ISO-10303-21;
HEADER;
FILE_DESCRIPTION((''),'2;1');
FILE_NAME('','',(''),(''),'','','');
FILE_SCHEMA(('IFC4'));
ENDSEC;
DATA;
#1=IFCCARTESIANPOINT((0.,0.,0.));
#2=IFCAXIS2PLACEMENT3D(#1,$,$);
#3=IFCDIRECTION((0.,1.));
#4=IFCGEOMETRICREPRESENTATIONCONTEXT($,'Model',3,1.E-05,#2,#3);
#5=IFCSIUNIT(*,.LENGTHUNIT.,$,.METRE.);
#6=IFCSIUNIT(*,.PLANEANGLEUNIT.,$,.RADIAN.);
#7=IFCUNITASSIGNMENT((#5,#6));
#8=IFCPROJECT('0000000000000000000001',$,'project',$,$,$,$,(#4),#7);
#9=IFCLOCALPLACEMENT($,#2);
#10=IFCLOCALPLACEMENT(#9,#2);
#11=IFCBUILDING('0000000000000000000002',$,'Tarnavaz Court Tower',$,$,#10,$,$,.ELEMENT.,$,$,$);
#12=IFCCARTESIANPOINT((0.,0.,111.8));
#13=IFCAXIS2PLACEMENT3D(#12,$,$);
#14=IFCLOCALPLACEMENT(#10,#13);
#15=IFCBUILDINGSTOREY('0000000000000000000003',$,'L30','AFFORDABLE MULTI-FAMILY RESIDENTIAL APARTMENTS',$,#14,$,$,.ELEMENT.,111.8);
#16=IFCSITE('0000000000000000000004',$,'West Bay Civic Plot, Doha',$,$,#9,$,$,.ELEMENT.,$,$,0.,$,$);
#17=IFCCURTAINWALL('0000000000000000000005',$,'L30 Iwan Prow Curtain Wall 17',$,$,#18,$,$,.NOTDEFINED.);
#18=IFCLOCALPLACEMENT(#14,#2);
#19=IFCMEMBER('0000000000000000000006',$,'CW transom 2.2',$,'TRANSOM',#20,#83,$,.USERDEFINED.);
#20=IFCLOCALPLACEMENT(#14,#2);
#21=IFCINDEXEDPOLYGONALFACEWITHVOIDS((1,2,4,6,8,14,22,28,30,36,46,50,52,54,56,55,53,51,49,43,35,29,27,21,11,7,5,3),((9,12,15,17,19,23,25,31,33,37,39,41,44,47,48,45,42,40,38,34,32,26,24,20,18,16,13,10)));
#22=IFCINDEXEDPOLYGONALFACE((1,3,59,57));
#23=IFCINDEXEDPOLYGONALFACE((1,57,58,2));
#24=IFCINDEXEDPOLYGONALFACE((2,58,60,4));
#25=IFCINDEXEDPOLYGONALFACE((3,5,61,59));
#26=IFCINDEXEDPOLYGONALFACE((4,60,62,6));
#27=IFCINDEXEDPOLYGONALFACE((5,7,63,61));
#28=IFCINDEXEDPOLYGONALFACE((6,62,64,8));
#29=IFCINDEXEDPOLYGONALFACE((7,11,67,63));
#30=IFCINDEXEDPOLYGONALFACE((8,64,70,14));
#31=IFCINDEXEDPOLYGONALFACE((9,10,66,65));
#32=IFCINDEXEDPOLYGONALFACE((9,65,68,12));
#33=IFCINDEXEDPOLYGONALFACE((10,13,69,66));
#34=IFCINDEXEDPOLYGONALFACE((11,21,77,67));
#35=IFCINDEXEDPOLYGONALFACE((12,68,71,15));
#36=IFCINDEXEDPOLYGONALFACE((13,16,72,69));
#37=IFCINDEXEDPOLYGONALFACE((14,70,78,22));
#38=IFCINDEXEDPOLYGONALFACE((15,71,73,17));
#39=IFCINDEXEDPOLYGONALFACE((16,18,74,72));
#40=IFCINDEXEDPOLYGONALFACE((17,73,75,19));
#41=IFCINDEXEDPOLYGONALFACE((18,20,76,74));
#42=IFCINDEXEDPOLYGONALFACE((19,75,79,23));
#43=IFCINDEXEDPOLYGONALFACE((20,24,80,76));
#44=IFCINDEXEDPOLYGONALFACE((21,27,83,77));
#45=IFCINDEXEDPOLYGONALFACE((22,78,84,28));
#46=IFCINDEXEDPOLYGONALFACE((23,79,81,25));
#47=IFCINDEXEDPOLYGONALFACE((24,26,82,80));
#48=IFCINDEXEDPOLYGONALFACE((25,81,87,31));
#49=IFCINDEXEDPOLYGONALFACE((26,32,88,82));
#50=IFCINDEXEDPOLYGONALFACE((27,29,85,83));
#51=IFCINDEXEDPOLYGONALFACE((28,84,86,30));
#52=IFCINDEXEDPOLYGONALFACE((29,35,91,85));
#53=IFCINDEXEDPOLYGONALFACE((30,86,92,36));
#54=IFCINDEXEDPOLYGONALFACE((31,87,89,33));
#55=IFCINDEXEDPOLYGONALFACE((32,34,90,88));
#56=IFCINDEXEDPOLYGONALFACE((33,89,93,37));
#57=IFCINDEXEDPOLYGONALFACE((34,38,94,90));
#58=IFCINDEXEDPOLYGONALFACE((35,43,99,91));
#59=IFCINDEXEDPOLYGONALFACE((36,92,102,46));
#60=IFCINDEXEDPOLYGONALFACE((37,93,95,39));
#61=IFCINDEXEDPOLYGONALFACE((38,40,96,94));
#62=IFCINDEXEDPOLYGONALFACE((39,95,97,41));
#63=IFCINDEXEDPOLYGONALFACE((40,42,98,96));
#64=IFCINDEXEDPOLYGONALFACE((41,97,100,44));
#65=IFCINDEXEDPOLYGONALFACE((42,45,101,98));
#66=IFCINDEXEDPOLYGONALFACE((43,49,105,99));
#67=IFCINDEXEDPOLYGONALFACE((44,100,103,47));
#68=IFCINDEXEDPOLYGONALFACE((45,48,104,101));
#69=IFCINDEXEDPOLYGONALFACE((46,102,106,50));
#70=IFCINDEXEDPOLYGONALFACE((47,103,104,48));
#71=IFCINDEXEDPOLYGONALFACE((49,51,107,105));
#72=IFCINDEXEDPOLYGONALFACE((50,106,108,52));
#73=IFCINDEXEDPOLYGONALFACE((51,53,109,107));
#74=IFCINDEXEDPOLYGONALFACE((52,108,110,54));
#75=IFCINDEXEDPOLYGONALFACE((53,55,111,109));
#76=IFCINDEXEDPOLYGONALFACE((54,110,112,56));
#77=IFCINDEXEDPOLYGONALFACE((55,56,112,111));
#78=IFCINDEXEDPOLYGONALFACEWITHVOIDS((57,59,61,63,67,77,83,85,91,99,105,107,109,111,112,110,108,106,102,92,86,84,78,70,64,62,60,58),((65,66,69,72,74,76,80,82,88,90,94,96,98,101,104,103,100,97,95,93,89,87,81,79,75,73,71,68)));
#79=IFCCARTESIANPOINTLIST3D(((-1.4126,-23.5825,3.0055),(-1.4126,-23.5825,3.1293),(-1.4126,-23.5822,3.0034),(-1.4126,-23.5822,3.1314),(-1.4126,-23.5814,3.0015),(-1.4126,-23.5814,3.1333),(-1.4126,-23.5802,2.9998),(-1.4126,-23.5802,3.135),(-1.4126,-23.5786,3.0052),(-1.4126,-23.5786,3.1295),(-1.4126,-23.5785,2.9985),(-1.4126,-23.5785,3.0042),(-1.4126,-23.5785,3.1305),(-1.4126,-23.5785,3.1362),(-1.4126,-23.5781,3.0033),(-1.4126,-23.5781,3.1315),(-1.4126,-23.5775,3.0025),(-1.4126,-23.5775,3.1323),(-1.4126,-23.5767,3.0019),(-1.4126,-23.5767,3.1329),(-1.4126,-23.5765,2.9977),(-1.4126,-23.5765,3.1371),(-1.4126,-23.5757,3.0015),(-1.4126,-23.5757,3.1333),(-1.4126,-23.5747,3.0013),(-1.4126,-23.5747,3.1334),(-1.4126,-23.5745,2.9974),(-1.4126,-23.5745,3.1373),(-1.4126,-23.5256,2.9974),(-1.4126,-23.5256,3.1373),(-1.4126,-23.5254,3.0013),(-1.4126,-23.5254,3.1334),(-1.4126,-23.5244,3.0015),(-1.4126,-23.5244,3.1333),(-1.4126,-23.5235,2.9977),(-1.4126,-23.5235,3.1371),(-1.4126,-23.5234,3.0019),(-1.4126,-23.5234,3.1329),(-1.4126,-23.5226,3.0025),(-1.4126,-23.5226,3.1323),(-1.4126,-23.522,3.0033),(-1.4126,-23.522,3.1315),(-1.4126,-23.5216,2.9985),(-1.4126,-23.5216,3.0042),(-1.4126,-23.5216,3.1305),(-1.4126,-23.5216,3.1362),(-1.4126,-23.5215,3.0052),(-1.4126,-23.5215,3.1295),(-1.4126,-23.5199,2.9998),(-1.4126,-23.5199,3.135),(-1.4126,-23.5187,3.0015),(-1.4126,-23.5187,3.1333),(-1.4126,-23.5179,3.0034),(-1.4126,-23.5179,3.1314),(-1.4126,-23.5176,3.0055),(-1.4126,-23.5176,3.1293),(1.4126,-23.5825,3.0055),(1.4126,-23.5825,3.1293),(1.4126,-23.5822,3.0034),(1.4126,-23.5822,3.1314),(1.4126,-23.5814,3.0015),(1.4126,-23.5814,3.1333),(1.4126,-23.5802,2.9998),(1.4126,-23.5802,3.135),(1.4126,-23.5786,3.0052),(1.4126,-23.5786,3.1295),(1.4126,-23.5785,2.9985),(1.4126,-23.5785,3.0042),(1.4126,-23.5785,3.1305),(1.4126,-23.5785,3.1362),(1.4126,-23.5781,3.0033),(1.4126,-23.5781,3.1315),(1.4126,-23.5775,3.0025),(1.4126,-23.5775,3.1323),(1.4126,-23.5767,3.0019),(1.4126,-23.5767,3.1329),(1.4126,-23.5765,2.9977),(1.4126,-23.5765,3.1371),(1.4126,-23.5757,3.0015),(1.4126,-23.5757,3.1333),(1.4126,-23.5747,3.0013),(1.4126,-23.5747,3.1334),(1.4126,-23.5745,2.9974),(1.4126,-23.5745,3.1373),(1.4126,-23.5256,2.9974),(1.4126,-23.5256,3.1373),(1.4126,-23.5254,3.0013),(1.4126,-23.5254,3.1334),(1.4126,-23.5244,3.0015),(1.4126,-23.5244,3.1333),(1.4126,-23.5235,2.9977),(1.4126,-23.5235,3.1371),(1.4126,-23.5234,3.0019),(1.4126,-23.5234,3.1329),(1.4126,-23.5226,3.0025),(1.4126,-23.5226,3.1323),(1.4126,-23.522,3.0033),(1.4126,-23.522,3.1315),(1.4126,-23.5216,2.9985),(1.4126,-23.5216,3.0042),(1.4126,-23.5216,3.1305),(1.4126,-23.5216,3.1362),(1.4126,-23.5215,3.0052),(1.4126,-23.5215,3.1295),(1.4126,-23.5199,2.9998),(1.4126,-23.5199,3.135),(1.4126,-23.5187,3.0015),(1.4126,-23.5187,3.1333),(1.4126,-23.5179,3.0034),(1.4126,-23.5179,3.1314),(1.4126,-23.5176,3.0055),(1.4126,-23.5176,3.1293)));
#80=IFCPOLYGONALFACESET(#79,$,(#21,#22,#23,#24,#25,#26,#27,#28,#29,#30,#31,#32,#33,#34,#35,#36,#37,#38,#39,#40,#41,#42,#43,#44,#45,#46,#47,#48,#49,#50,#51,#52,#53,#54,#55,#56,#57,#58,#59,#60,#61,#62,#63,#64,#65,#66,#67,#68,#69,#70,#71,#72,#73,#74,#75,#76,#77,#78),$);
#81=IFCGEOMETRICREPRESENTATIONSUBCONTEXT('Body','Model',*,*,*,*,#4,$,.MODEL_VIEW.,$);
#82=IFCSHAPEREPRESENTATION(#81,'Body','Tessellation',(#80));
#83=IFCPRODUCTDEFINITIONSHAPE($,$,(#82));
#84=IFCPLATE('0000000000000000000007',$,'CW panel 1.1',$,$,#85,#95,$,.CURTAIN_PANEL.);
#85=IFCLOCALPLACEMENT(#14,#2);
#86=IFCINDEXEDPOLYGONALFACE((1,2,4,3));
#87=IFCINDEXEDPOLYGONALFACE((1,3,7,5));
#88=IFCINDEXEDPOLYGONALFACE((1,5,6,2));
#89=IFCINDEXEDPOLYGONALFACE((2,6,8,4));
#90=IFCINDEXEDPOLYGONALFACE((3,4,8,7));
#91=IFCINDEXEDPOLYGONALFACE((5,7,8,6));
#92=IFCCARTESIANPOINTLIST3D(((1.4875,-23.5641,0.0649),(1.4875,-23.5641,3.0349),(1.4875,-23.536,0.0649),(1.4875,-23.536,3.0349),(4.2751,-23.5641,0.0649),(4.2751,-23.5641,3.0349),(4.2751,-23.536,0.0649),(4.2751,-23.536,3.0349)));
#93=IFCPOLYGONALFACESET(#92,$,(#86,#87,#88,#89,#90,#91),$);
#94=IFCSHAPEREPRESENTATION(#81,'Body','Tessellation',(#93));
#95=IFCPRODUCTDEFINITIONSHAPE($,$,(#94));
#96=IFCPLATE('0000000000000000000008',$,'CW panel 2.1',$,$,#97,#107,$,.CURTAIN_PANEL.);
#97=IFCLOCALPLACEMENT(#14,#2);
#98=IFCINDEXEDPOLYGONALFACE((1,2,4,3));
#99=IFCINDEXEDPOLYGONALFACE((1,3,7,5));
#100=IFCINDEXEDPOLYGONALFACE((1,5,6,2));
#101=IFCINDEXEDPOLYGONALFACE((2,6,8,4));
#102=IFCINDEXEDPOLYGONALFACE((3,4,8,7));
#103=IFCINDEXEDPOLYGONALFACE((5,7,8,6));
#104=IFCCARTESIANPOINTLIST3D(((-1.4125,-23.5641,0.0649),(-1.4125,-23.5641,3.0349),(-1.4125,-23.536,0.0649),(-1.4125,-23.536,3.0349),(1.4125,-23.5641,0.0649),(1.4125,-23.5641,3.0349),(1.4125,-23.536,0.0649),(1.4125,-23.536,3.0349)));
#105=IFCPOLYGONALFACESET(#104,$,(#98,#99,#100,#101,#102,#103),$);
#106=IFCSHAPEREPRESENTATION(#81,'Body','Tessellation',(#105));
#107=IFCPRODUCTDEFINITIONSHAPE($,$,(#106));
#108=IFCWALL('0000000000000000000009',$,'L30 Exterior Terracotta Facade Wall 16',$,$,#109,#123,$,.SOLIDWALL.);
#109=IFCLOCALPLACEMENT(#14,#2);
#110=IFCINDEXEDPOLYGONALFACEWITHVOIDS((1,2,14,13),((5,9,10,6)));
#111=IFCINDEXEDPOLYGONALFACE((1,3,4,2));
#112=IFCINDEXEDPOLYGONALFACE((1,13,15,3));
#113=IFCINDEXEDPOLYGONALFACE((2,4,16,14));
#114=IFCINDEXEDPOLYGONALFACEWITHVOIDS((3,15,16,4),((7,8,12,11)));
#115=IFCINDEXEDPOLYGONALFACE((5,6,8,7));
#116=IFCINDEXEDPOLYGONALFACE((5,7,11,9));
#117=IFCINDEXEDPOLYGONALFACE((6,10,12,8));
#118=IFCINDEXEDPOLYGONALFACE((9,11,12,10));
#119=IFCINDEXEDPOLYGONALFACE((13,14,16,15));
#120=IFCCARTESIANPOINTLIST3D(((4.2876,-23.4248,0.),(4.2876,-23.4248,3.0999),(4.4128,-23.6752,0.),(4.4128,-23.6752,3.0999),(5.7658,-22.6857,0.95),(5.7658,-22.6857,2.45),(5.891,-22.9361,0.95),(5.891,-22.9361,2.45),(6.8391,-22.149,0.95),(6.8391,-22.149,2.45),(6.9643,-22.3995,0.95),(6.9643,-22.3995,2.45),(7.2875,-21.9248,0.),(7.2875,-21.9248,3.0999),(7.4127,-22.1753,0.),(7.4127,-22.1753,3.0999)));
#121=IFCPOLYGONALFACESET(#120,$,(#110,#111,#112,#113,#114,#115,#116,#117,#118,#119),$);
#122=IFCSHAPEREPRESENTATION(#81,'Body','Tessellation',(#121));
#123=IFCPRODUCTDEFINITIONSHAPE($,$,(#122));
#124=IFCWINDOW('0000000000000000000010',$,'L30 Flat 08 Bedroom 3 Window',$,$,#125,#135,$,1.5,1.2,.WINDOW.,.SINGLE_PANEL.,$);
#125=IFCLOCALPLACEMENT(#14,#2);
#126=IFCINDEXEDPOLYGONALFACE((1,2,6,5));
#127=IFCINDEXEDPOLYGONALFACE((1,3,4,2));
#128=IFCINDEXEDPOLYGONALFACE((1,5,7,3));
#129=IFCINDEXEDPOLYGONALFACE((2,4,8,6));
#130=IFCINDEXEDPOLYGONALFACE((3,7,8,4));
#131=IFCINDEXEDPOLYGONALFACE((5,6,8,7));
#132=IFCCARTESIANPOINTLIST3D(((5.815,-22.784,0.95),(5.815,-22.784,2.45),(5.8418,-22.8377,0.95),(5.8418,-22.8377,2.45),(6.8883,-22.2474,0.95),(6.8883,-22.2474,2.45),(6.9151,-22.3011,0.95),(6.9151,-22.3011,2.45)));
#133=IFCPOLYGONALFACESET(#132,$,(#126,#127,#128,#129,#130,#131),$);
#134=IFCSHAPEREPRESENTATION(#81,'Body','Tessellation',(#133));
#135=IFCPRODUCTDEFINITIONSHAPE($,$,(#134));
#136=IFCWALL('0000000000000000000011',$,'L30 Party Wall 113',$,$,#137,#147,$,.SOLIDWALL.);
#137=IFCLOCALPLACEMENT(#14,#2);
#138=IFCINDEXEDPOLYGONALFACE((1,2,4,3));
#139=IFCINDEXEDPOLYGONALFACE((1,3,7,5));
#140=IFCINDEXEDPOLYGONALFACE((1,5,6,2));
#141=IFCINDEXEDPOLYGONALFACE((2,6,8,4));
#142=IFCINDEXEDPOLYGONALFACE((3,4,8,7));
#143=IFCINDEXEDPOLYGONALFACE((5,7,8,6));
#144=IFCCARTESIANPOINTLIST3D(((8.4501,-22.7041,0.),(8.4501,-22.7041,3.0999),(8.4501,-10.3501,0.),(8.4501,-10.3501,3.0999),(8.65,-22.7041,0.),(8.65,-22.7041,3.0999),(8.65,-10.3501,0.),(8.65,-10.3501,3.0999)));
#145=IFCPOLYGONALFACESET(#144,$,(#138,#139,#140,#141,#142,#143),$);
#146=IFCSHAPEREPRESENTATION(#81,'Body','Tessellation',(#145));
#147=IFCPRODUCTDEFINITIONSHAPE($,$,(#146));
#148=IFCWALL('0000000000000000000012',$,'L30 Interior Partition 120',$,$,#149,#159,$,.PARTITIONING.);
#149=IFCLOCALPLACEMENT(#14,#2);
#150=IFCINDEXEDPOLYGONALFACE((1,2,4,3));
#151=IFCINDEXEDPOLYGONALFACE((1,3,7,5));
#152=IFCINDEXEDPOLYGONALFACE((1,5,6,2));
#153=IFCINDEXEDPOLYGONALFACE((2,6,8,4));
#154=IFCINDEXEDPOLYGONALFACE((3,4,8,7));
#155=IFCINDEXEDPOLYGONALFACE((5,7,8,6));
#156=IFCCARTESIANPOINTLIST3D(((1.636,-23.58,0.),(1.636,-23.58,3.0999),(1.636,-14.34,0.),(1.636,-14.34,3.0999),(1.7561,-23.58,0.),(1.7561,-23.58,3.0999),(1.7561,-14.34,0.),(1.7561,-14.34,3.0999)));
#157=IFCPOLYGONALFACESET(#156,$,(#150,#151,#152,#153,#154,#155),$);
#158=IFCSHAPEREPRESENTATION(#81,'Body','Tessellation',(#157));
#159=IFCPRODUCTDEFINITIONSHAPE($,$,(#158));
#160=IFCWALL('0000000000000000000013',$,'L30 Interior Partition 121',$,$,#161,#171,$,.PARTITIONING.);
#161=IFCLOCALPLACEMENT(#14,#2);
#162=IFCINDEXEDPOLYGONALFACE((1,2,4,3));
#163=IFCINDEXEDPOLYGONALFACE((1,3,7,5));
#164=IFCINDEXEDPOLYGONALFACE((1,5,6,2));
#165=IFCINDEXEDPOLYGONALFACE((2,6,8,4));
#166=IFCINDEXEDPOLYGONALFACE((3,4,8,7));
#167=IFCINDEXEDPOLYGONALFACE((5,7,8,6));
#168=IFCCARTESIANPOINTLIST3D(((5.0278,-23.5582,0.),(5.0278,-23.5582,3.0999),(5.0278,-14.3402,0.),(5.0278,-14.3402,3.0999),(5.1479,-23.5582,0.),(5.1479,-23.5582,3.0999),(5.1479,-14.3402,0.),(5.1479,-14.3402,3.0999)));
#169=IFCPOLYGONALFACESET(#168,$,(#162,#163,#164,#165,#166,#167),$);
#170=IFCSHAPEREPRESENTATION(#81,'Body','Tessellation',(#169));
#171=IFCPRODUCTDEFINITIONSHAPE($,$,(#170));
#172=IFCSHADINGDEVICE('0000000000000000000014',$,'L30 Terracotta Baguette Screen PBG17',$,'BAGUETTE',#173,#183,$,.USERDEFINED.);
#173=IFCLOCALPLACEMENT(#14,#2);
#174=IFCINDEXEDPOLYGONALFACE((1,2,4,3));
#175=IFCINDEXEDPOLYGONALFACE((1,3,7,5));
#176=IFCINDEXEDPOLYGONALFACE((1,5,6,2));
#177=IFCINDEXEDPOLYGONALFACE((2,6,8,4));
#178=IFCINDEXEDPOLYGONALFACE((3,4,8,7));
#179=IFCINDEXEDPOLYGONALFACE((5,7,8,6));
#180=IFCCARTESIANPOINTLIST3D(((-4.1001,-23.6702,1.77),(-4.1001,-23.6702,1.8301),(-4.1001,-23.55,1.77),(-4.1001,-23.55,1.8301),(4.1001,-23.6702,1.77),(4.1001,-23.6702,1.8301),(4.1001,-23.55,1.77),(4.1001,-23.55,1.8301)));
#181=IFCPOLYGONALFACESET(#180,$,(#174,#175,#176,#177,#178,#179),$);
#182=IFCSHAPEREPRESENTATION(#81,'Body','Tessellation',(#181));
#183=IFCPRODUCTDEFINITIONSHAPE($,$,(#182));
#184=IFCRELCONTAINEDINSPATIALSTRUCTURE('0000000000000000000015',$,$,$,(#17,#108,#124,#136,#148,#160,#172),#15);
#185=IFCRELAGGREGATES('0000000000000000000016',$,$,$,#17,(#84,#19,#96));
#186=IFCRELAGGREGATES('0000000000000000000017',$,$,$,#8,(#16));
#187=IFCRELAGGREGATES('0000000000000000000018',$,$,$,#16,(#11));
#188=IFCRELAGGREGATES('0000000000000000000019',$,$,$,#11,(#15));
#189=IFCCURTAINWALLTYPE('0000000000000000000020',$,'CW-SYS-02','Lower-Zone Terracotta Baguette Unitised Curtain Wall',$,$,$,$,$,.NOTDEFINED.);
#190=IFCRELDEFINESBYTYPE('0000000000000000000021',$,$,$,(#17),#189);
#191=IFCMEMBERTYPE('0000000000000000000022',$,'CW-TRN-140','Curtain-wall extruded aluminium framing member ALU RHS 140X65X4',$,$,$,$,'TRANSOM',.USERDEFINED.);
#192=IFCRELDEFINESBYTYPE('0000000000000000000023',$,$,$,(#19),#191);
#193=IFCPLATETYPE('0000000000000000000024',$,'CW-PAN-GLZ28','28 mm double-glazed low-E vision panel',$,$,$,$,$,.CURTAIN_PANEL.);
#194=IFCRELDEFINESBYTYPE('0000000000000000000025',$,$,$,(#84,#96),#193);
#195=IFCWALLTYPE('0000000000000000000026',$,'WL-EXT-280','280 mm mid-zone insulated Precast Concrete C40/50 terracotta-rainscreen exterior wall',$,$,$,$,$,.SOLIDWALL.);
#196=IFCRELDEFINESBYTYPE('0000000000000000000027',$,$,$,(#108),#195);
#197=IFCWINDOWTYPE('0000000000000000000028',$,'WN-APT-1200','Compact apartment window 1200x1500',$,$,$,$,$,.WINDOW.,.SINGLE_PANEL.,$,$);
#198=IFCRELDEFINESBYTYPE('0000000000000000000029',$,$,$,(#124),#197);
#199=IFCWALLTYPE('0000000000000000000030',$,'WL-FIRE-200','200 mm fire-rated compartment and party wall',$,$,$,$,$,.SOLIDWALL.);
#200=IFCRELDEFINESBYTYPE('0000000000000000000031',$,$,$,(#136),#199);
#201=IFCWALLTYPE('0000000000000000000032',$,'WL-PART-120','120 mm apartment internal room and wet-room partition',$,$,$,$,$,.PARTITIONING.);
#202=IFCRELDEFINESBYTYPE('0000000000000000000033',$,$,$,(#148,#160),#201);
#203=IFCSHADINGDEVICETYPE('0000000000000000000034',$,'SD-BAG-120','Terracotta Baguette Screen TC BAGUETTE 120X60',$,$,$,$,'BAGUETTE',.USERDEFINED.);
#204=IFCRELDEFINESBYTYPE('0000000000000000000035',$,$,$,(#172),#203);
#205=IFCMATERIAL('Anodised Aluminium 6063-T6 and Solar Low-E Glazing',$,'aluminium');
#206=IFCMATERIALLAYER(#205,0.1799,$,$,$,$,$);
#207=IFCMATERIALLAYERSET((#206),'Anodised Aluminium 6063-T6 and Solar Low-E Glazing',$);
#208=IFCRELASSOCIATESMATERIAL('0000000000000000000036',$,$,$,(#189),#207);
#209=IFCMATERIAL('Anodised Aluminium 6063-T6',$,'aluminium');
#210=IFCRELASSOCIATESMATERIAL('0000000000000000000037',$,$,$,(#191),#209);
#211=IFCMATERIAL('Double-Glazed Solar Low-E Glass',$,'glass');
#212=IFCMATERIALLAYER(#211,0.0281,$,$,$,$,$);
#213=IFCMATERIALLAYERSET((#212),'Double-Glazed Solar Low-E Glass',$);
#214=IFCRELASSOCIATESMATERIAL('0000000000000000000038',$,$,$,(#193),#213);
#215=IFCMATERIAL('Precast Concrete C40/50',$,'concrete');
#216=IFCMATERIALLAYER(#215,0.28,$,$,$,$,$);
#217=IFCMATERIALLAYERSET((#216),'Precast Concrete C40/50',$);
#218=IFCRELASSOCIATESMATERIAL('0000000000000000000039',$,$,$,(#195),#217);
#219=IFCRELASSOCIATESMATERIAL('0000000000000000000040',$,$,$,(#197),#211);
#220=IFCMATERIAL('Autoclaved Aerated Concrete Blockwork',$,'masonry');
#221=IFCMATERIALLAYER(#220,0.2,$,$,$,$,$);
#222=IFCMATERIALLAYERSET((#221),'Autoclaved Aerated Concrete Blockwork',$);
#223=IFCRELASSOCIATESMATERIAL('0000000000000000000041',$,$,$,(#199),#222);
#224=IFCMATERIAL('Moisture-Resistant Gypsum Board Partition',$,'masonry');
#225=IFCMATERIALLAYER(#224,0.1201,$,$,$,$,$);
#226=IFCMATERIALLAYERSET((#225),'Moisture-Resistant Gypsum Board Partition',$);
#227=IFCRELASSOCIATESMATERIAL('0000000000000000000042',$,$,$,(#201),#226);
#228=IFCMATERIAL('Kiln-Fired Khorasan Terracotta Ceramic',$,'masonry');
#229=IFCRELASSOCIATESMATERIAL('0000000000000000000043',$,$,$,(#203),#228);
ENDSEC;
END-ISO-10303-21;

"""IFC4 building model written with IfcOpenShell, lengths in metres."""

from ifc_helpers import new_model, si_unit, direction, frame, frame_2d, origin, origin_2d, place, context, subcontext, project, spatial, rectangle, hollow_rectangle, extrude, material, layer, layer_set, material_profile, profile_set, type_object, element, fill, aggregate, save


model = new_model("IFC4")

# Units and contexts
model_context = context("Model", 3, precision=1e-05, world=origin(), true_north=direction((0.0, 1.0)))
body_context = subcontext(model_context, "Body", "Model", "MODEL_VIEW")
ifc_project = project(units=[si_unit("LENGTHUNIT", "METRE"), si_unit("PLANEANGLEUNIT", "RADIAN")], contexts=[model_context])

# Site, building, storey
site_placement = place(None, origin())
site = spatial("IfcSite", under=ifc_project, at=site_placement, Name="West Bay Civic Plot, Doha", CompositionType="ELEMENT", RefElevation=0.0)
building_placement = place(site_placement, origin())
building = spatial("IfcBuilding", under=site, at=building_placement, Name="Tarnavaz Court Tower", CompositionType="ELEMENT")
storey_placement = place(building_placement, frame((0.0, 0.0, 111.8)))
storey = spatial("IfcBuildingStorey", under=building, at=storey_placement, Name="L30", Description="AFFORDABLE MULTI-FAMILY RESIDENTIAL APARTMENTS", CompositionType="ELEMENT", Elevation=111.8)

# Curtain wall, member, plates
ifc_material_1 = material(Name="Anodised Aluminium 6063-T6 and Solar Low-E Glazing", Category="aluminium")
ifc_layer_1 = layer(ifc_material_1, 0.1799)
ifc_layer_set_1 = layer_set([ifc_layer_1], Name="Anodised Aluminium 6063-T6 and Solar Low-E Glazing")
curtain_wall_type = type_object("IfcCurtainWallType", Name="CW-SYS-02", Description="Lower-Zone Terracotta Baguette Unitised Curtain Wall", PredefinedType="NOTDEFINED", material=ifc_layer_set_1)
curtain_wall_placement = place(storey_placement, origin())
curtain_wall = element("IfcCurtainWall", 1, at=curtain_wall_placement, inside=storey, type_object=curtain_wall_type, Name="L30 Iwan Prow Curtain Wall 17", PredefinedType="NOTDEFINED")
ifc_material_2 = material(Name="Anodised Aluminium 6063-T6", Category="aluminium")
ifc_material_profile_1 = material_profile(ifc_material_2, hollow_rectangle(XDim=0.0649, YDim=0.1399, WallThickness=0.0039, InnerFilletRadius=0.0039, OuterFilletRadius=0.0081, at=origin_2d()), Name="ALU RHS 140X65X4")
ifc_profile_set_1 = profile_set([ifc_material_profile_1], Name="Anodised Aluminium 6063-T6")
member_type_1 = type_object("IfcMemberType", Name="CW-TRN-140", Description="Curtain-wall extruded aluminium framing member ALU RHS 140X65X4", ElementType="TRANSOM", PredefinedType="USERDEFINED", material=ifc_profile_set_1)
member_1_placement = place(storey_placement, frame((1.4126, -23.55, 3.0674), z_axis=(-1.0, 0.0, 0.0), x_axis=(0.0, -1.0, 0.0)))
member_1 = element("IfcMember", 2, at=member_1_placement, type_object=member_type_1, Name="CW transom 2.2", ObjectType="TRANSOM", PredefinedType="USERDEFINED", context=body_context, shape_type="SweptSolid", body=[
    extrude(hollow_rectangle(XDim=0.0649, YDim=0.1399, WallThickness=0.0039, InnerFilletRadius=0.0039, OuterFilletRadius=0.0081, at=origin_2d()), origin(), (0.0, 0.0, 1.0), 2.8252),
])
ifc_material_3 = material(Name="Double-Glazed Solar Low-E Glass", Category="glass")
ifc_layer_2 = layer(ifc_material_3, 0.0281)
ifc_layer_set_2 = layer_set([ifc_layer_2], Name="Double-Glazed Solar Low-E Glass")
plate_type = type_object("IfcPlateType", Name="CW-PAN-GLZ28", Description="28 mm double-glazed low-E vision panel", PredefinedType="CURTAIN_PANEL", material=ifc_layer_set_2)
plate_1_placement = place(storey_placement, frame((2.8813, -23.55, 0.0649), z_axis=(0.0, 0.0, 1.0), x_axis=(-1.0, 0.0, 0.0)))
plate_1 = element("IfcPlate", 3, at=plate_1_placement, type_object=plate_type, Name="CW panel 1.1", PredefinedType="CURTAIN_PANEL", context=body_context, shape_type="SweptSolid", body=[
    extrude(rectangle(XDim=2.7876, YDim=0.0281, at=origin_2d()), origin(), (0.0, 0.0, 1.0), 2.97),
])
plate_2_placement = place(storey_placement, frame((0.0, -23.55, 0.0649), z_axis=(0.0, 0.0, 1.0), x_axis=(-1.0, 0.0, 0.0)))
plate_2 = element("IfcPlate", 4, at=plate_2_placement, type_object=plate_type, Name="CW panel 2.1", PredefinedType="CURTAIN_PANEL", context=body_context, shape_type="SweptSolid", body=[
    extrude(rectangle(XDim=2.825, YDim=0.0281, at=origin_2d()), origin(), (0.0, 0.0, 1.0), 2.97),
])
aggregate(curtain_wall, [plate_1, member_1, plate_2])

# Wall, opening, window
ifc_material_4 = material(Name="Precast Concrete C40/50", Category="concrete")
ifc_layer_3 = layer(ifc_material_4, 0.28)
ifc_layer_set_3 = layer_set([ifc_layer_3], Name="Precast Concrete C40/50")
wall_type_1 = type_object("IfcWallType", Name="WL-EXT-280", Description="280 mm mid-zone insulated Precast Concrete C40/50 terracotta-rainscreen exterior wall", PredefinedType="SOLIDWALL", material=ifc_layer_set_3)
wall_1_placement = place(storey_placement, frame((7.3501, -22.05, 0.0), z_axis=(0.0, 0.0, 1.0), x_axis=(-0.894427, -0.447214, 0.0)))
wall_1 = element("IfcWall", 5, at=wall_1_placement, inside=storey, type_object=wall_type_1, Name="L30 Exterior Terracotta Facade Wall 16", PredefinedType="SOLIDWALL", context=body_context, shape_type="SweptSolid", body=[
    extrude(rectangle(XDim=3.354, YDim=0.28, at=frame_2d((1.677, 0.0))), origin(), (0.0, 0.0, 1.0), 3.0999),
])
opening_placement = place(wall_1_placement, frame((0.5012, 0.0, 0.95)))
opening = element("IfcOpeningElement", 6, at=opening_placement, cuts=wall_1, PredefinedType="OPENING", context=body_context, shape_type="SweptSolid", body=[
    extrude(rectangle(XDim=1.2, YDim=1.5, at=frame_2d((0.6001, 0.75))), frame((0.0, 0.1499, 0.0), z_axis=(0.0, -1.0, 0.0), x_axis=(1.0, 0.0, 0.0)), (0.0, 0.0, 1.0), 0.3),
])
window_type = type_object("IfcWindowType", Name="WN-APT-1200", Description="Compact apartment window 1200x1500", PartitioningType="SINGLE_PANEL", PredefinedType="WINDOW", material=ifc_material_3)
window_placement = place(opening_placement, origin())
window = element("IfcWindow", 7, at=window_placement, inside=storey, type_object=window_type, Name="L30 Flat 08 Bedroom 3 Window", OverallHeight=1.5, OverallWidth=1.2, PartitioningType="SINGLE_PANEL", PredefinedType="WINDOW", context=body_context, shape_type="SweptSolid", body=[
    extrude(rectangle(XDim=1.2, YDim=1.5, at=frame_2d((0.6001, 0.75))), frame((0.0, 0.03, 0.0), z_axis=(0.0, -1.0, 0.0), x_axis=(1.0, 0.0, 0.0)), (0.0, 0.0, 1.0), 0.0601),
])
fill(opening, window)

# Walls
ifc_material_5 = material(Name="Autoclaved Aerated Concrete Blockwork", Category="masonry")
ifc_layer_4 = layer(ifc_material_5, 0.2)
ifc_layer_set_4 = layer_set([ifc_layer_4], Name="Autoclaved Aerated Concrete Blockwork")
wall_type_2 = type_object("IfcWallType", Name="WL-FIRE-200", Description="200 mm fire-rated compartment and party wall", PredefinedType="SOLIDWALL", material=ifc_layer_set_4)
wall_2_placement = place(storey_placement, frame((8.55, -22.7041, 0.0), z_axis=(0.0, 0.0, 1.0), x_axis=(0.0, 1.0, 0.0)))
element("IfcWall", 8, at=wall_2_placement, inside=storey, type_object=wall_type_2, Name="L30 Party Wall 113", PredefinedType="SOLIDWALL", context=body_context, shape_type="SweptSolid", body=[
    extrude(rectangle(XDim=12.354, YDim=0.2, at=frame_2d((6.177, 0.0))), origin(), (0.0, 0.0, 1.0), 3.0999),
])
ifc_material_6 = material(Name="Moisture-Resistant Gypsum Board Partition", Category="masonry")
ifc_layer_5 = layer(ifc_material_6, 0.1201)
ifc_layer_set_5 = layer_set([ifc_layer_5], Name="Moisture-Resistant Gypsum Board Partition")
wall_type_3 = type_object("IfcWallType", Name="WL-PART-120", Description="120 mm apartment internal room and wet-room partition", PredefinedType="PARTITIONING", material=ifc_layer_set_5)
wall_3_placement = place(storey_placement, frame((1.696, -23.5801, 0.0), z_axis=(0.0, 0.0, 1.0), x_axis=(0.0, 1.0, 0.0)))
element("IfcWall", 9, at=wall_3_placement, inside=storey, type_object=wall_type_3, Name="L30 Interior Partition 120", PredefinedType="PARTITIONING", context=body_context, shape_type="SweptSolid", body=[
    extrude(rectangle(XDim=9.24, YDim=0.1201, at=frame_2d((4.6201, 0.0))), origin(), (0.0, 0.0, 1.0), 3.0999),
])
wall_4_placement = place(storey_placement, frame((5.0879, -23.5581, 0.0), z_axis=(0.0, 0.0, 1.0), x_axis=(0.0, 1.0, 0.0)))
element("IfcWall", 10, at=wall_4_placement, inside=storey, type_object=wall_type_3, Name="L30 Interior Partition 121", PredefinedType="PARTITIONING", context=body_context, shape_type="SweptSolid", body=[
    extrude(rectangle(XDim=9.218, YDim=0.1201, at=frame_2d((4.6089, 0.0))), origin(), (0.0, 0.0, 1.0), 3.0999),
])

# Shading device
ifc_material_7 = material(Name="Kiln-Fired Khorasan Terracotta Ceramic", Category="masonry")
ifc_material_profile_2 = material_profile(ifc_material_7, rectangle(XDim=0.1201, YDim=0.0601, at=origin_2d()), Name="TC BAGUETTE 120X60")
ifc_profile_set_2 = profile_set([ifc_material_profile_2], Name="Kiln-Fired Khorasan Terracotta Ceramic")
shading_device_type = type_object("IfcShadingDeviceType", Name="SD-BAG-120", Description="Terracotta Baguette Screen TC BAGUETTE 120X60", ElementType="BAGUETTE", PredefinedType="USERDEFINED", material=ifc_profile_set_2)
shading_device_placement = place(storey_placement, frame((4.1001, -23.6101, 1.8), z_axis=(-1.0, 0.0, 0.0), x_axis=(0.0, -1.0, 0.0)))
element("IfcShadingDevice", 11, at=shading_device_placement, inside=storey, type_object=shading_device_type, Name="L30 Terracotta Baguette Screen PBG17", ObjectType="BAGUETTE", PredefinedType="USERDEFINED", context=body_context, shape_type="SweptSolid", body=[
    extrude(rectangle(XDim=0.1201, YDim=0.0601, at=origin_2d()), origin(), (0.0, 0.0, 1.0), 8.2002),
])

save(model, "model.ifc")
